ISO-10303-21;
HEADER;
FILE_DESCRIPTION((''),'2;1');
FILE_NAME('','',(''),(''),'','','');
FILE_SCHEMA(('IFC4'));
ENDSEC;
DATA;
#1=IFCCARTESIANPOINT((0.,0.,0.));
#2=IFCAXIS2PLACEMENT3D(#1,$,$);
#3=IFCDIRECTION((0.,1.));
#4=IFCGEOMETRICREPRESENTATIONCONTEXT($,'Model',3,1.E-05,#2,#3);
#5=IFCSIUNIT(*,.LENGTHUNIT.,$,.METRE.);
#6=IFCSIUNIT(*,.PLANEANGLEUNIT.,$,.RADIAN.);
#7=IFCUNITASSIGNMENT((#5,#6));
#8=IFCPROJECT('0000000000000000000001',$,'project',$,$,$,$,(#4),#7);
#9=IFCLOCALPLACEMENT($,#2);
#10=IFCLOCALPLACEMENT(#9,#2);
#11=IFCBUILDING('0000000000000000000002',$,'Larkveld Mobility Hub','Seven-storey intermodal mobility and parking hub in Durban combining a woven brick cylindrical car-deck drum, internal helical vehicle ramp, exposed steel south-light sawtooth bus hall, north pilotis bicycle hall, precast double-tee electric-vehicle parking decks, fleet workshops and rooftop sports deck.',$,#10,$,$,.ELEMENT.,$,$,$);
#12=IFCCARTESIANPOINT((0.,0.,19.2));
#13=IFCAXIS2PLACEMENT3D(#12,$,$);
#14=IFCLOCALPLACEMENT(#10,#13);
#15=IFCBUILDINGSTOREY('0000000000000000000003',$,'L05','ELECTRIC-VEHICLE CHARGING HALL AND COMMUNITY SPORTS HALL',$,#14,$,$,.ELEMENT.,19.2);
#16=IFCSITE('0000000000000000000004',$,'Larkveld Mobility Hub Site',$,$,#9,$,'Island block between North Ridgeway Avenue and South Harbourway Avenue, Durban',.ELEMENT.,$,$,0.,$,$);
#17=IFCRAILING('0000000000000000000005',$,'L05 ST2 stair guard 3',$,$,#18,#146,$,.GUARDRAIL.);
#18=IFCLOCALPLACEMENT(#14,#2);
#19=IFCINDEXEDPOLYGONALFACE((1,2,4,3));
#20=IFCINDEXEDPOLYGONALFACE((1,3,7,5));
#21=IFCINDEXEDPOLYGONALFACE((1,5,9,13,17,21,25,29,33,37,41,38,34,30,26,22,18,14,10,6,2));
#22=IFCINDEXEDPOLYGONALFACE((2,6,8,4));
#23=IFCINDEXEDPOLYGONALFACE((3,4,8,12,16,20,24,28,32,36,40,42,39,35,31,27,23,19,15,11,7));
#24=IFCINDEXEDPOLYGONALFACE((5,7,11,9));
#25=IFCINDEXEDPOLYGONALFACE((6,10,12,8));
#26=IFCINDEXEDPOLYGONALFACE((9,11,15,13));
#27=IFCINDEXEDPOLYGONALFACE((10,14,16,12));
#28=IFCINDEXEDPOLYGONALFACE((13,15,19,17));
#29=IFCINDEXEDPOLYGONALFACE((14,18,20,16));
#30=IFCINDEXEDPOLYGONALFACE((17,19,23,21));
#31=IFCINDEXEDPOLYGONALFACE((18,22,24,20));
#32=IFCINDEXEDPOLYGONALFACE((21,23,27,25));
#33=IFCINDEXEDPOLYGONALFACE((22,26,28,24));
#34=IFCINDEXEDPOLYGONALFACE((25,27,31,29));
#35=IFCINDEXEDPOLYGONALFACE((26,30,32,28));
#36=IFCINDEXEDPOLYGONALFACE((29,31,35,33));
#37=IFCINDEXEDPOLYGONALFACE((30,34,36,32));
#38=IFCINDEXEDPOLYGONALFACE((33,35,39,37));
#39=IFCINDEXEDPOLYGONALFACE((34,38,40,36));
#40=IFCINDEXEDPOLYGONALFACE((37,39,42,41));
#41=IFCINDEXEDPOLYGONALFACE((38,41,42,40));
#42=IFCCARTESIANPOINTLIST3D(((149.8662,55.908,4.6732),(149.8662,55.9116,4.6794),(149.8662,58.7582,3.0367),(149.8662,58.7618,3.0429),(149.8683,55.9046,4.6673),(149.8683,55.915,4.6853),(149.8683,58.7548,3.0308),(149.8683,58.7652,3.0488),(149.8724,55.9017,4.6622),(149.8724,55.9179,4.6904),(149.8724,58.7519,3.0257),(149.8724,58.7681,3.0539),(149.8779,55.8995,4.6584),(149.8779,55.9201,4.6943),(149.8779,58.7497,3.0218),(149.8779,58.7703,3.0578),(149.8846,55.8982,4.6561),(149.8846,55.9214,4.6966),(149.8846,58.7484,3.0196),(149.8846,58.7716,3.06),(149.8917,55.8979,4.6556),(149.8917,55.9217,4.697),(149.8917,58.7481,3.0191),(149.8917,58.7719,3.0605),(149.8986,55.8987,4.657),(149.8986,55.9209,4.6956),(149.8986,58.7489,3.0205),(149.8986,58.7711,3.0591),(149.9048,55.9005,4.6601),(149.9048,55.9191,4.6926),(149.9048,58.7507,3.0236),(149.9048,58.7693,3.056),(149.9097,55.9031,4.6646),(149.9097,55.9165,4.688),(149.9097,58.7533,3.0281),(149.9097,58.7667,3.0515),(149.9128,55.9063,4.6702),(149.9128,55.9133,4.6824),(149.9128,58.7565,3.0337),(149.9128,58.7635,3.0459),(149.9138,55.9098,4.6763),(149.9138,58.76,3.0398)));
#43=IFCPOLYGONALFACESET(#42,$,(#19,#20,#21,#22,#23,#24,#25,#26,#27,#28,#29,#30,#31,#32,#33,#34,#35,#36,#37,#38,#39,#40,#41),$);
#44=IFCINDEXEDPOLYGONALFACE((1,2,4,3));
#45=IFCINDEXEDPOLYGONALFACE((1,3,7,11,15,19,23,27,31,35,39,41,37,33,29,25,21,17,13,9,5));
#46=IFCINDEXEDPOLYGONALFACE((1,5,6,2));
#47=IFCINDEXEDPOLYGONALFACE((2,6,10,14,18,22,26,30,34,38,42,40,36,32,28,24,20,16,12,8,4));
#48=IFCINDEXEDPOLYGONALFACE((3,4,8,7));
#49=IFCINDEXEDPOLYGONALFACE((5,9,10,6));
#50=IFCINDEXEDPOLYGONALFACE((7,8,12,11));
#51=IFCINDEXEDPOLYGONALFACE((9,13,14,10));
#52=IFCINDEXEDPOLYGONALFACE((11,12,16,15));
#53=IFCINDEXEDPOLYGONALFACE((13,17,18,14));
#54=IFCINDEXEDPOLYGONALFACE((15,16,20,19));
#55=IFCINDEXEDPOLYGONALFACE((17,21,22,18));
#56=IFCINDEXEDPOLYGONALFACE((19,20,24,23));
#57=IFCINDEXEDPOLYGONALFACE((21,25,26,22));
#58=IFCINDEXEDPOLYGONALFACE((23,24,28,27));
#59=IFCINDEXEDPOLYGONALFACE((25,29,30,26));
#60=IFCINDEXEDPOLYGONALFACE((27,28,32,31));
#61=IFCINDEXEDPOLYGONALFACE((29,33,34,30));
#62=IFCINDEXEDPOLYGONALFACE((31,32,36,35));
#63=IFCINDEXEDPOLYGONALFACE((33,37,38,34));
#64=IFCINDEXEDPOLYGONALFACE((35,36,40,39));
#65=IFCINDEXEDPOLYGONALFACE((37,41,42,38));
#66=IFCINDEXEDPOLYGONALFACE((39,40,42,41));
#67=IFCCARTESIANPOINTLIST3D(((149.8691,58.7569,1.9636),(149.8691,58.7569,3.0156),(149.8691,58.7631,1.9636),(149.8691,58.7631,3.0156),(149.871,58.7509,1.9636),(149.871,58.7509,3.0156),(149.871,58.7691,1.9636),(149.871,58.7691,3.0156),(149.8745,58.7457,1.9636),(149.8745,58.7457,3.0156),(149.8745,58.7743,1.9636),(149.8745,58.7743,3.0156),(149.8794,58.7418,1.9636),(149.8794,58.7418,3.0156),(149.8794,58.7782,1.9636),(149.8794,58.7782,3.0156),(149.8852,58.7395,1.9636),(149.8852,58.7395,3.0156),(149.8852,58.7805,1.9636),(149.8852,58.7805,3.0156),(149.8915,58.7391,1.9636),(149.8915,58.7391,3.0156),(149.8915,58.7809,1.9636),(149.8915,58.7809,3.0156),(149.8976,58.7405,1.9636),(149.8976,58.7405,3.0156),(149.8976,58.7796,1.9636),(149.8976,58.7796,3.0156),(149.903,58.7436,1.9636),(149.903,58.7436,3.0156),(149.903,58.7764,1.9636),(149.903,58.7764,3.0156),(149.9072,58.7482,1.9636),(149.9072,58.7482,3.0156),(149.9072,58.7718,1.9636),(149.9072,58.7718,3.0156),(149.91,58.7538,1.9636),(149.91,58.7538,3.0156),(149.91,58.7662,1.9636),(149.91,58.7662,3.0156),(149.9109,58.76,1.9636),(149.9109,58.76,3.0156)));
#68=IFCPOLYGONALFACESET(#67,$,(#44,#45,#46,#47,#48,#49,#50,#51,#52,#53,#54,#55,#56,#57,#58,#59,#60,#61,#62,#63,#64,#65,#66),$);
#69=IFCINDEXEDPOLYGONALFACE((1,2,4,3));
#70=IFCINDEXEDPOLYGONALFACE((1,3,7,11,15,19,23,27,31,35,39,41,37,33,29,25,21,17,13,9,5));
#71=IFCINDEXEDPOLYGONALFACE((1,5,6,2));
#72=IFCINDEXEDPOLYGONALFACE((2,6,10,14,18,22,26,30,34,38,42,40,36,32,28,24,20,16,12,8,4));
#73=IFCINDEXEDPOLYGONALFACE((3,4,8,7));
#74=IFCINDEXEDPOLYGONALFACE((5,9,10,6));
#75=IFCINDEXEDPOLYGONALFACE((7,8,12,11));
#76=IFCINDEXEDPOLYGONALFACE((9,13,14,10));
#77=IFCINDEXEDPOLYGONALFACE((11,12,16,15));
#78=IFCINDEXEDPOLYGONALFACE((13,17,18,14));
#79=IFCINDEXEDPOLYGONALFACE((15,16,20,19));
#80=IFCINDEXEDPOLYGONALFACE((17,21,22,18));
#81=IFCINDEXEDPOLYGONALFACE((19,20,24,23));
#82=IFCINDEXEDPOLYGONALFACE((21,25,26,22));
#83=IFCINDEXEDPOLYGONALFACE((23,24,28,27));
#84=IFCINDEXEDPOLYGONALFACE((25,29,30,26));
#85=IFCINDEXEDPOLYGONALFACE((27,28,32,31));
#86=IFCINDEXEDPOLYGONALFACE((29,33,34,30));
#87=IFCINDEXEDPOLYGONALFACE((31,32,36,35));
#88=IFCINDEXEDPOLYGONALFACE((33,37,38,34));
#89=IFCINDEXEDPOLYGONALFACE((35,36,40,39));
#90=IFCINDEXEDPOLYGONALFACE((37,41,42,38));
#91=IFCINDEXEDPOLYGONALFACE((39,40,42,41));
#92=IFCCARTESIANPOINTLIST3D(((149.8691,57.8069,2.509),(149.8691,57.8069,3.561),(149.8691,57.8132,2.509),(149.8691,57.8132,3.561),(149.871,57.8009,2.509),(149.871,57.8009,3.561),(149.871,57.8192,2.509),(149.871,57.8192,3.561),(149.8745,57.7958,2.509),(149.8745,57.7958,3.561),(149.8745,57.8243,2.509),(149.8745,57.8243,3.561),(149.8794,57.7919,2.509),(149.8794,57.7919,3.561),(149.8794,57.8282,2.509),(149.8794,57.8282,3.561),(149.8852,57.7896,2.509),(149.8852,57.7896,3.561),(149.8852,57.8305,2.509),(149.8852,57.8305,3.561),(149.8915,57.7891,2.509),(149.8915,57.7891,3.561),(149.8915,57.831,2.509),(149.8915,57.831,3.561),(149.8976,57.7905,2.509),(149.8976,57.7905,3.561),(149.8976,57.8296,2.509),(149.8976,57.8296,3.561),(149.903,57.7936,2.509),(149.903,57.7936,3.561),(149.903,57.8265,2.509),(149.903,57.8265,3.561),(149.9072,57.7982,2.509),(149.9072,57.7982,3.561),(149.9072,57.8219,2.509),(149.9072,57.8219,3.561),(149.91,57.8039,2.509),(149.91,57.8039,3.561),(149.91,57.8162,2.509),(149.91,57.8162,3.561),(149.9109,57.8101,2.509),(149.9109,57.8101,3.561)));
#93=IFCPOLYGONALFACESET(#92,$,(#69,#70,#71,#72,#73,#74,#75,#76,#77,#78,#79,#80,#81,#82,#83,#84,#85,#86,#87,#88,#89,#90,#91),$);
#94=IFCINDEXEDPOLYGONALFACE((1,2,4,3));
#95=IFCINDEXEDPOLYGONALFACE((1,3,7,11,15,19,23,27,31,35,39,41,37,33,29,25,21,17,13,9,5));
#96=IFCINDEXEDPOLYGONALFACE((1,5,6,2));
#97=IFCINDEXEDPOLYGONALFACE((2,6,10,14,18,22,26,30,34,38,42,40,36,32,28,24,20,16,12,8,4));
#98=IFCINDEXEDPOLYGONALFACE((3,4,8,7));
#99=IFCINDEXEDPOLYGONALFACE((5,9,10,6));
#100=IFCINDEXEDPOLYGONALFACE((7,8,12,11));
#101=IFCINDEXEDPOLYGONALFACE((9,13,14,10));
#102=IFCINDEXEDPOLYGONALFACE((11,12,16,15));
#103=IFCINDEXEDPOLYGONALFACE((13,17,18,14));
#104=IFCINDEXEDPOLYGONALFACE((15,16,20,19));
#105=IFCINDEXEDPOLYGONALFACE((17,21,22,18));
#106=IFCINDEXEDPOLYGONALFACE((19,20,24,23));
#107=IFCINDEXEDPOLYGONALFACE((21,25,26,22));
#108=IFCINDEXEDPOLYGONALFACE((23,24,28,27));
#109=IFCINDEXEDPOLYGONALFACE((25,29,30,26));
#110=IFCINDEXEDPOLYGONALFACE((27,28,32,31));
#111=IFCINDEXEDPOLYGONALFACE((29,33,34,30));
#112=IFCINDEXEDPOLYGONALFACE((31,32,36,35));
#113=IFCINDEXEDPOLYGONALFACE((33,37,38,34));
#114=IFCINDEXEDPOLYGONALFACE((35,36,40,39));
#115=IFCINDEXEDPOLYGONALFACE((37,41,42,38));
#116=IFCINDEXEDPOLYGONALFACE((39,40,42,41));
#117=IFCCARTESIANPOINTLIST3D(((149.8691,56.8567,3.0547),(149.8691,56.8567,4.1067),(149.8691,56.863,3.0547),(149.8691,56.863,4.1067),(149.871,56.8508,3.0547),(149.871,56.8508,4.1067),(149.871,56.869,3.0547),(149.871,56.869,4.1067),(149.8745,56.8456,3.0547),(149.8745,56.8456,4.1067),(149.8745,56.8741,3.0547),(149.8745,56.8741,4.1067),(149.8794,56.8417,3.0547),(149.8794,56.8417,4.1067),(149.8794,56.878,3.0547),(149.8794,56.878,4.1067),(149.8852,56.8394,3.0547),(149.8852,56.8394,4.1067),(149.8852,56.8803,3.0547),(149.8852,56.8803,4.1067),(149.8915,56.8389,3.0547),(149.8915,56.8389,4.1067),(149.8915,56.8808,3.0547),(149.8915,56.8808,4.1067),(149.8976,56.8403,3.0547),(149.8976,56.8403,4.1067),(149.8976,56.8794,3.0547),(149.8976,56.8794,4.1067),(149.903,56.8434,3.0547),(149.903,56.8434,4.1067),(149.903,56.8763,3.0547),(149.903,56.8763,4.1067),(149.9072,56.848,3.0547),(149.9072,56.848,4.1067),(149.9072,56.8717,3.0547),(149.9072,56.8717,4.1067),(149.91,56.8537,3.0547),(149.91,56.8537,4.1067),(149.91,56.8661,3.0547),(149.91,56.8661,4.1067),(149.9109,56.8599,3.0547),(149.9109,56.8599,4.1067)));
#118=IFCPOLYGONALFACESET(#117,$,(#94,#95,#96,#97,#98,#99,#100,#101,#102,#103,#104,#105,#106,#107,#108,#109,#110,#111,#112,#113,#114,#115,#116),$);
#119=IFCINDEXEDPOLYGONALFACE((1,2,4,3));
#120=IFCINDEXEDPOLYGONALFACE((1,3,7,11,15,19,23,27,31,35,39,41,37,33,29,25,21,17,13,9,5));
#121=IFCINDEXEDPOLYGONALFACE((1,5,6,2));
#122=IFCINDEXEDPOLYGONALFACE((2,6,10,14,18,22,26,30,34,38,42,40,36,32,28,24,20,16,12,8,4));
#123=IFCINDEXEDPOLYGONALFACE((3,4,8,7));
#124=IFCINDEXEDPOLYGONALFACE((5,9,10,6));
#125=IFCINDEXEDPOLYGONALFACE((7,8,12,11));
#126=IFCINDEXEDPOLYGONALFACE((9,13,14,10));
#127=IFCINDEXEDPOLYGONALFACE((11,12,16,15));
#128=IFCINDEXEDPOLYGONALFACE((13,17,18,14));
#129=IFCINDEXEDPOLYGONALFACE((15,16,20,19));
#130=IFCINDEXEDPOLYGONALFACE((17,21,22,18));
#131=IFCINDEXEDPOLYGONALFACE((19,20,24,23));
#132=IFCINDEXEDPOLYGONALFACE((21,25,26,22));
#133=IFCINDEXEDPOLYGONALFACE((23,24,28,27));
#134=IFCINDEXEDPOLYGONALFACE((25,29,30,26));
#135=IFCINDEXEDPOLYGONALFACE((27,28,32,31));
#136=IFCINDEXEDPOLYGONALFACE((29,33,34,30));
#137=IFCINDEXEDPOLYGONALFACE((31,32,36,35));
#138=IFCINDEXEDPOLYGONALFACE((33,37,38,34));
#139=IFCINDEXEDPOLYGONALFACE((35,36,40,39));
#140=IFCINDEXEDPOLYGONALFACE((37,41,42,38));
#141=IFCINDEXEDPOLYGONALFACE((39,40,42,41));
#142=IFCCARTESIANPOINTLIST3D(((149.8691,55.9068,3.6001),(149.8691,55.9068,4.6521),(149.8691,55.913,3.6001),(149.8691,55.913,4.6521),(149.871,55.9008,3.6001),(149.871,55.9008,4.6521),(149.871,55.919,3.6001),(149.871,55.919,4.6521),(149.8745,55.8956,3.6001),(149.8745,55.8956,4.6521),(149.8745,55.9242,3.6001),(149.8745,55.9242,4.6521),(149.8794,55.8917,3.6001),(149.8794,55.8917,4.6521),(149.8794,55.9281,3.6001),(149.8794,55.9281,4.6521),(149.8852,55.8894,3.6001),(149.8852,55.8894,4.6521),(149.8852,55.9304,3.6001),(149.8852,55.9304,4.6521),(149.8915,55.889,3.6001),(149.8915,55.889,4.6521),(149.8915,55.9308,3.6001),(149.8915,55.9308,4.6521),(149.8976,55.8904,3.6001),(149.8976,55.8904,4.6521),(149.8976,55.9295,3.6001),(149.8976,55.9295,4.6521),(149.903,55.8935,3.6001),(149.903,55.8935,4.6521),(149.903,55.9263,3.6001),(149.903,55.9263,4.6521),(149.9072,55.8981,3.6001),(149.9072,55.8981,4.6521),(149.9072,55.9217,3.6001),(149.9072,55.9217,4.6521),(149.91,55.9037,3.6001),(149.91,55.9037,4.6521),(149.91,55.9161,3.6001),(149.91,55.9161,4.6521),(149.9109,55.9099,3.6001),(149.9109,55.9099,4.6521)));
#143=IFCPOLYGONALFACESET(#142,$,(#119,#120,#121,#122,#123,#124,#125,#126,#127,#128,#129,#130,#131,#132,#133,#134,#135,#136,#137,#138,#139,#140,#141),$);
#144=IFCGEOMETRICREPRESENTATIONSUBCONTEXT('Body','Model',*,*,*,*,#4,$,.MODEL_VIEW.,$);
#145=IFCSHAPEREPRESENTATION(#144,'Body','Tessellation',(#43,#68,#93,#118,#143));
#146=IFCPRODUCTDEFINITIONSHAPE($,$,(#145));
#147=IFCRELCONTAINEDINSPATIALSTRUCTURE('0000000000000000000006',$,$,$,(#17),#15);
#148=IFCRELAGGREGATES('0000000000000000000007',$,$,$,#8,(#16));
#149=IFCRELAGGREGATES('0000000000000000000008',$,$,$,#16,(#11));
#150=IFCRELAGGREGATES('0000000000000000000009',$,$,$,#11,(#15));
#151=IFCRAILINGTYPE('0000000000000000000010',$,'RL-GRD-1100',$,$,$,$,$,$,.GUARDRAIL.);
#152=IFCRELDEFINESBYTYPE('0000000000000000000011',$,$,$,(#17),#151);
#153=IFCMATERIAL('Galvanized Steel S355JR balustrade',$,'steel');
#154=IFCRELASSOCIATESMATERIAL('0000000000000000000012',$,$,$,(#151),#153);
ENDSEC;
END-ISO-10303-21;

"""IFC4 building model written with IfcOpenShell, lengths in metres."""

from ifc_helpers import new_model, si_unit, direction, frame, origin, origin_2d, place, context, subcontext, project, spatial, circle, extrude, material, type_object, element, save


model = new_model("IFC4")

# Units and contexts
model_context = context("Model", 3, precision=1e-05, world=origin(), true_north=direction((0.0, 1.0)))
body_context = subcontext(model_context, "Body", "Model", "MODEL_VIEW")
ifc_project = project(units=[si_unit("LENGTHUNIT", "METRE"), si_unit("PLANEANGLEUNIT", "RADIAN")], contexts=[model_context])

# Site, building, storey
site_placement = place(None, origin())
site = spatial("IfcSite", under=ifc_project, at=site_placement, Name="Larkveld Mobility Hub Site", LongName="Island block between North Ridgeway Avenue and South Harbourway Avenue, Durban", CompositionType="ELEMENT", RefElevation=0.0)
building_placement = place(site_placement, origin())
building = spatial("IfcBuilding", under=site, at=building_placement, Name="Larkveld Mobility Hub", Description="Seven-storey intermodal mobility and parking hub in Durban combining a woven brick cylindrical car-deck drum, internal helical vehicle ramp, exposed steel south-light sawtooth bus hall, north pilotis bicycle hall, precast double-tee electric-vehicle parking decks, fleet workshops and rooftop sports deck.", CompositionType="ELEMENT")
storey_placement = place(building_placement, frame((0.0, 0.0, 19.2)))
storey = spatial("IfcBuildingStorey", under=building, at=storey_placement, Name="L05", Description="ELECTRIC-VEHICLE CHARGING HALL AND COMMUNITY SPORTS HALL", CompositionType="ELEMENT", Elevation=19.2)

# Railing
ifc_material_1 = material(Name="Galvanized Steel S355JR balustrade", Category="steel")
railing_type_1 = type_object("IfcRailingType", Name="RL-GRD-1100", PredefinedType="GUARDRAIL", material=ifc_material_1)
railing_1_placement = place(storey_placement, frame((149.8899, 58.76, 1.9636)))
element("IfcRailing", 1, at=railing_1_placement, inside=storey, type_object=railing_type_1, Name="L05 ST2 stair guard 3", PredefinedType="GUARDRAIL", context=body_context, shape_type="SweptSolid", body=[
    extrude(circle(Radius=0.0239, at=origin_2d()), frame((0.0, 0.0, 1.0762), z_axis=(0.0, -0.867213, 0.497938), x_axis=(1.0, 0.0, 0.0)), (0.0, 0.0, 1.0), 3.2866),
    extrude(circle(Radius=0.021, at=origin_2d()), origin(), (0.0, 0.0, 1.0), 1.052),
    extrude(circle(Radius=0.021, at=origin_2d()), frame((0.0, -0.95, 0.5454)), (0.0, 0.0, 1.0), 1.052),
    extrude(circle(Radius=0.021, at=origin_2d()), frame((0.0, -1.9001, 1.0911)), (0.0, 0.0, 1.0), 1.052),
    extrude(circle(Radius=0.021, at=origin_2d()), frame((0.0, -2.8501, 1.6365)), (0.0, 0.0, 1.0), 1.052),
])

save(model, "model.ifc")
